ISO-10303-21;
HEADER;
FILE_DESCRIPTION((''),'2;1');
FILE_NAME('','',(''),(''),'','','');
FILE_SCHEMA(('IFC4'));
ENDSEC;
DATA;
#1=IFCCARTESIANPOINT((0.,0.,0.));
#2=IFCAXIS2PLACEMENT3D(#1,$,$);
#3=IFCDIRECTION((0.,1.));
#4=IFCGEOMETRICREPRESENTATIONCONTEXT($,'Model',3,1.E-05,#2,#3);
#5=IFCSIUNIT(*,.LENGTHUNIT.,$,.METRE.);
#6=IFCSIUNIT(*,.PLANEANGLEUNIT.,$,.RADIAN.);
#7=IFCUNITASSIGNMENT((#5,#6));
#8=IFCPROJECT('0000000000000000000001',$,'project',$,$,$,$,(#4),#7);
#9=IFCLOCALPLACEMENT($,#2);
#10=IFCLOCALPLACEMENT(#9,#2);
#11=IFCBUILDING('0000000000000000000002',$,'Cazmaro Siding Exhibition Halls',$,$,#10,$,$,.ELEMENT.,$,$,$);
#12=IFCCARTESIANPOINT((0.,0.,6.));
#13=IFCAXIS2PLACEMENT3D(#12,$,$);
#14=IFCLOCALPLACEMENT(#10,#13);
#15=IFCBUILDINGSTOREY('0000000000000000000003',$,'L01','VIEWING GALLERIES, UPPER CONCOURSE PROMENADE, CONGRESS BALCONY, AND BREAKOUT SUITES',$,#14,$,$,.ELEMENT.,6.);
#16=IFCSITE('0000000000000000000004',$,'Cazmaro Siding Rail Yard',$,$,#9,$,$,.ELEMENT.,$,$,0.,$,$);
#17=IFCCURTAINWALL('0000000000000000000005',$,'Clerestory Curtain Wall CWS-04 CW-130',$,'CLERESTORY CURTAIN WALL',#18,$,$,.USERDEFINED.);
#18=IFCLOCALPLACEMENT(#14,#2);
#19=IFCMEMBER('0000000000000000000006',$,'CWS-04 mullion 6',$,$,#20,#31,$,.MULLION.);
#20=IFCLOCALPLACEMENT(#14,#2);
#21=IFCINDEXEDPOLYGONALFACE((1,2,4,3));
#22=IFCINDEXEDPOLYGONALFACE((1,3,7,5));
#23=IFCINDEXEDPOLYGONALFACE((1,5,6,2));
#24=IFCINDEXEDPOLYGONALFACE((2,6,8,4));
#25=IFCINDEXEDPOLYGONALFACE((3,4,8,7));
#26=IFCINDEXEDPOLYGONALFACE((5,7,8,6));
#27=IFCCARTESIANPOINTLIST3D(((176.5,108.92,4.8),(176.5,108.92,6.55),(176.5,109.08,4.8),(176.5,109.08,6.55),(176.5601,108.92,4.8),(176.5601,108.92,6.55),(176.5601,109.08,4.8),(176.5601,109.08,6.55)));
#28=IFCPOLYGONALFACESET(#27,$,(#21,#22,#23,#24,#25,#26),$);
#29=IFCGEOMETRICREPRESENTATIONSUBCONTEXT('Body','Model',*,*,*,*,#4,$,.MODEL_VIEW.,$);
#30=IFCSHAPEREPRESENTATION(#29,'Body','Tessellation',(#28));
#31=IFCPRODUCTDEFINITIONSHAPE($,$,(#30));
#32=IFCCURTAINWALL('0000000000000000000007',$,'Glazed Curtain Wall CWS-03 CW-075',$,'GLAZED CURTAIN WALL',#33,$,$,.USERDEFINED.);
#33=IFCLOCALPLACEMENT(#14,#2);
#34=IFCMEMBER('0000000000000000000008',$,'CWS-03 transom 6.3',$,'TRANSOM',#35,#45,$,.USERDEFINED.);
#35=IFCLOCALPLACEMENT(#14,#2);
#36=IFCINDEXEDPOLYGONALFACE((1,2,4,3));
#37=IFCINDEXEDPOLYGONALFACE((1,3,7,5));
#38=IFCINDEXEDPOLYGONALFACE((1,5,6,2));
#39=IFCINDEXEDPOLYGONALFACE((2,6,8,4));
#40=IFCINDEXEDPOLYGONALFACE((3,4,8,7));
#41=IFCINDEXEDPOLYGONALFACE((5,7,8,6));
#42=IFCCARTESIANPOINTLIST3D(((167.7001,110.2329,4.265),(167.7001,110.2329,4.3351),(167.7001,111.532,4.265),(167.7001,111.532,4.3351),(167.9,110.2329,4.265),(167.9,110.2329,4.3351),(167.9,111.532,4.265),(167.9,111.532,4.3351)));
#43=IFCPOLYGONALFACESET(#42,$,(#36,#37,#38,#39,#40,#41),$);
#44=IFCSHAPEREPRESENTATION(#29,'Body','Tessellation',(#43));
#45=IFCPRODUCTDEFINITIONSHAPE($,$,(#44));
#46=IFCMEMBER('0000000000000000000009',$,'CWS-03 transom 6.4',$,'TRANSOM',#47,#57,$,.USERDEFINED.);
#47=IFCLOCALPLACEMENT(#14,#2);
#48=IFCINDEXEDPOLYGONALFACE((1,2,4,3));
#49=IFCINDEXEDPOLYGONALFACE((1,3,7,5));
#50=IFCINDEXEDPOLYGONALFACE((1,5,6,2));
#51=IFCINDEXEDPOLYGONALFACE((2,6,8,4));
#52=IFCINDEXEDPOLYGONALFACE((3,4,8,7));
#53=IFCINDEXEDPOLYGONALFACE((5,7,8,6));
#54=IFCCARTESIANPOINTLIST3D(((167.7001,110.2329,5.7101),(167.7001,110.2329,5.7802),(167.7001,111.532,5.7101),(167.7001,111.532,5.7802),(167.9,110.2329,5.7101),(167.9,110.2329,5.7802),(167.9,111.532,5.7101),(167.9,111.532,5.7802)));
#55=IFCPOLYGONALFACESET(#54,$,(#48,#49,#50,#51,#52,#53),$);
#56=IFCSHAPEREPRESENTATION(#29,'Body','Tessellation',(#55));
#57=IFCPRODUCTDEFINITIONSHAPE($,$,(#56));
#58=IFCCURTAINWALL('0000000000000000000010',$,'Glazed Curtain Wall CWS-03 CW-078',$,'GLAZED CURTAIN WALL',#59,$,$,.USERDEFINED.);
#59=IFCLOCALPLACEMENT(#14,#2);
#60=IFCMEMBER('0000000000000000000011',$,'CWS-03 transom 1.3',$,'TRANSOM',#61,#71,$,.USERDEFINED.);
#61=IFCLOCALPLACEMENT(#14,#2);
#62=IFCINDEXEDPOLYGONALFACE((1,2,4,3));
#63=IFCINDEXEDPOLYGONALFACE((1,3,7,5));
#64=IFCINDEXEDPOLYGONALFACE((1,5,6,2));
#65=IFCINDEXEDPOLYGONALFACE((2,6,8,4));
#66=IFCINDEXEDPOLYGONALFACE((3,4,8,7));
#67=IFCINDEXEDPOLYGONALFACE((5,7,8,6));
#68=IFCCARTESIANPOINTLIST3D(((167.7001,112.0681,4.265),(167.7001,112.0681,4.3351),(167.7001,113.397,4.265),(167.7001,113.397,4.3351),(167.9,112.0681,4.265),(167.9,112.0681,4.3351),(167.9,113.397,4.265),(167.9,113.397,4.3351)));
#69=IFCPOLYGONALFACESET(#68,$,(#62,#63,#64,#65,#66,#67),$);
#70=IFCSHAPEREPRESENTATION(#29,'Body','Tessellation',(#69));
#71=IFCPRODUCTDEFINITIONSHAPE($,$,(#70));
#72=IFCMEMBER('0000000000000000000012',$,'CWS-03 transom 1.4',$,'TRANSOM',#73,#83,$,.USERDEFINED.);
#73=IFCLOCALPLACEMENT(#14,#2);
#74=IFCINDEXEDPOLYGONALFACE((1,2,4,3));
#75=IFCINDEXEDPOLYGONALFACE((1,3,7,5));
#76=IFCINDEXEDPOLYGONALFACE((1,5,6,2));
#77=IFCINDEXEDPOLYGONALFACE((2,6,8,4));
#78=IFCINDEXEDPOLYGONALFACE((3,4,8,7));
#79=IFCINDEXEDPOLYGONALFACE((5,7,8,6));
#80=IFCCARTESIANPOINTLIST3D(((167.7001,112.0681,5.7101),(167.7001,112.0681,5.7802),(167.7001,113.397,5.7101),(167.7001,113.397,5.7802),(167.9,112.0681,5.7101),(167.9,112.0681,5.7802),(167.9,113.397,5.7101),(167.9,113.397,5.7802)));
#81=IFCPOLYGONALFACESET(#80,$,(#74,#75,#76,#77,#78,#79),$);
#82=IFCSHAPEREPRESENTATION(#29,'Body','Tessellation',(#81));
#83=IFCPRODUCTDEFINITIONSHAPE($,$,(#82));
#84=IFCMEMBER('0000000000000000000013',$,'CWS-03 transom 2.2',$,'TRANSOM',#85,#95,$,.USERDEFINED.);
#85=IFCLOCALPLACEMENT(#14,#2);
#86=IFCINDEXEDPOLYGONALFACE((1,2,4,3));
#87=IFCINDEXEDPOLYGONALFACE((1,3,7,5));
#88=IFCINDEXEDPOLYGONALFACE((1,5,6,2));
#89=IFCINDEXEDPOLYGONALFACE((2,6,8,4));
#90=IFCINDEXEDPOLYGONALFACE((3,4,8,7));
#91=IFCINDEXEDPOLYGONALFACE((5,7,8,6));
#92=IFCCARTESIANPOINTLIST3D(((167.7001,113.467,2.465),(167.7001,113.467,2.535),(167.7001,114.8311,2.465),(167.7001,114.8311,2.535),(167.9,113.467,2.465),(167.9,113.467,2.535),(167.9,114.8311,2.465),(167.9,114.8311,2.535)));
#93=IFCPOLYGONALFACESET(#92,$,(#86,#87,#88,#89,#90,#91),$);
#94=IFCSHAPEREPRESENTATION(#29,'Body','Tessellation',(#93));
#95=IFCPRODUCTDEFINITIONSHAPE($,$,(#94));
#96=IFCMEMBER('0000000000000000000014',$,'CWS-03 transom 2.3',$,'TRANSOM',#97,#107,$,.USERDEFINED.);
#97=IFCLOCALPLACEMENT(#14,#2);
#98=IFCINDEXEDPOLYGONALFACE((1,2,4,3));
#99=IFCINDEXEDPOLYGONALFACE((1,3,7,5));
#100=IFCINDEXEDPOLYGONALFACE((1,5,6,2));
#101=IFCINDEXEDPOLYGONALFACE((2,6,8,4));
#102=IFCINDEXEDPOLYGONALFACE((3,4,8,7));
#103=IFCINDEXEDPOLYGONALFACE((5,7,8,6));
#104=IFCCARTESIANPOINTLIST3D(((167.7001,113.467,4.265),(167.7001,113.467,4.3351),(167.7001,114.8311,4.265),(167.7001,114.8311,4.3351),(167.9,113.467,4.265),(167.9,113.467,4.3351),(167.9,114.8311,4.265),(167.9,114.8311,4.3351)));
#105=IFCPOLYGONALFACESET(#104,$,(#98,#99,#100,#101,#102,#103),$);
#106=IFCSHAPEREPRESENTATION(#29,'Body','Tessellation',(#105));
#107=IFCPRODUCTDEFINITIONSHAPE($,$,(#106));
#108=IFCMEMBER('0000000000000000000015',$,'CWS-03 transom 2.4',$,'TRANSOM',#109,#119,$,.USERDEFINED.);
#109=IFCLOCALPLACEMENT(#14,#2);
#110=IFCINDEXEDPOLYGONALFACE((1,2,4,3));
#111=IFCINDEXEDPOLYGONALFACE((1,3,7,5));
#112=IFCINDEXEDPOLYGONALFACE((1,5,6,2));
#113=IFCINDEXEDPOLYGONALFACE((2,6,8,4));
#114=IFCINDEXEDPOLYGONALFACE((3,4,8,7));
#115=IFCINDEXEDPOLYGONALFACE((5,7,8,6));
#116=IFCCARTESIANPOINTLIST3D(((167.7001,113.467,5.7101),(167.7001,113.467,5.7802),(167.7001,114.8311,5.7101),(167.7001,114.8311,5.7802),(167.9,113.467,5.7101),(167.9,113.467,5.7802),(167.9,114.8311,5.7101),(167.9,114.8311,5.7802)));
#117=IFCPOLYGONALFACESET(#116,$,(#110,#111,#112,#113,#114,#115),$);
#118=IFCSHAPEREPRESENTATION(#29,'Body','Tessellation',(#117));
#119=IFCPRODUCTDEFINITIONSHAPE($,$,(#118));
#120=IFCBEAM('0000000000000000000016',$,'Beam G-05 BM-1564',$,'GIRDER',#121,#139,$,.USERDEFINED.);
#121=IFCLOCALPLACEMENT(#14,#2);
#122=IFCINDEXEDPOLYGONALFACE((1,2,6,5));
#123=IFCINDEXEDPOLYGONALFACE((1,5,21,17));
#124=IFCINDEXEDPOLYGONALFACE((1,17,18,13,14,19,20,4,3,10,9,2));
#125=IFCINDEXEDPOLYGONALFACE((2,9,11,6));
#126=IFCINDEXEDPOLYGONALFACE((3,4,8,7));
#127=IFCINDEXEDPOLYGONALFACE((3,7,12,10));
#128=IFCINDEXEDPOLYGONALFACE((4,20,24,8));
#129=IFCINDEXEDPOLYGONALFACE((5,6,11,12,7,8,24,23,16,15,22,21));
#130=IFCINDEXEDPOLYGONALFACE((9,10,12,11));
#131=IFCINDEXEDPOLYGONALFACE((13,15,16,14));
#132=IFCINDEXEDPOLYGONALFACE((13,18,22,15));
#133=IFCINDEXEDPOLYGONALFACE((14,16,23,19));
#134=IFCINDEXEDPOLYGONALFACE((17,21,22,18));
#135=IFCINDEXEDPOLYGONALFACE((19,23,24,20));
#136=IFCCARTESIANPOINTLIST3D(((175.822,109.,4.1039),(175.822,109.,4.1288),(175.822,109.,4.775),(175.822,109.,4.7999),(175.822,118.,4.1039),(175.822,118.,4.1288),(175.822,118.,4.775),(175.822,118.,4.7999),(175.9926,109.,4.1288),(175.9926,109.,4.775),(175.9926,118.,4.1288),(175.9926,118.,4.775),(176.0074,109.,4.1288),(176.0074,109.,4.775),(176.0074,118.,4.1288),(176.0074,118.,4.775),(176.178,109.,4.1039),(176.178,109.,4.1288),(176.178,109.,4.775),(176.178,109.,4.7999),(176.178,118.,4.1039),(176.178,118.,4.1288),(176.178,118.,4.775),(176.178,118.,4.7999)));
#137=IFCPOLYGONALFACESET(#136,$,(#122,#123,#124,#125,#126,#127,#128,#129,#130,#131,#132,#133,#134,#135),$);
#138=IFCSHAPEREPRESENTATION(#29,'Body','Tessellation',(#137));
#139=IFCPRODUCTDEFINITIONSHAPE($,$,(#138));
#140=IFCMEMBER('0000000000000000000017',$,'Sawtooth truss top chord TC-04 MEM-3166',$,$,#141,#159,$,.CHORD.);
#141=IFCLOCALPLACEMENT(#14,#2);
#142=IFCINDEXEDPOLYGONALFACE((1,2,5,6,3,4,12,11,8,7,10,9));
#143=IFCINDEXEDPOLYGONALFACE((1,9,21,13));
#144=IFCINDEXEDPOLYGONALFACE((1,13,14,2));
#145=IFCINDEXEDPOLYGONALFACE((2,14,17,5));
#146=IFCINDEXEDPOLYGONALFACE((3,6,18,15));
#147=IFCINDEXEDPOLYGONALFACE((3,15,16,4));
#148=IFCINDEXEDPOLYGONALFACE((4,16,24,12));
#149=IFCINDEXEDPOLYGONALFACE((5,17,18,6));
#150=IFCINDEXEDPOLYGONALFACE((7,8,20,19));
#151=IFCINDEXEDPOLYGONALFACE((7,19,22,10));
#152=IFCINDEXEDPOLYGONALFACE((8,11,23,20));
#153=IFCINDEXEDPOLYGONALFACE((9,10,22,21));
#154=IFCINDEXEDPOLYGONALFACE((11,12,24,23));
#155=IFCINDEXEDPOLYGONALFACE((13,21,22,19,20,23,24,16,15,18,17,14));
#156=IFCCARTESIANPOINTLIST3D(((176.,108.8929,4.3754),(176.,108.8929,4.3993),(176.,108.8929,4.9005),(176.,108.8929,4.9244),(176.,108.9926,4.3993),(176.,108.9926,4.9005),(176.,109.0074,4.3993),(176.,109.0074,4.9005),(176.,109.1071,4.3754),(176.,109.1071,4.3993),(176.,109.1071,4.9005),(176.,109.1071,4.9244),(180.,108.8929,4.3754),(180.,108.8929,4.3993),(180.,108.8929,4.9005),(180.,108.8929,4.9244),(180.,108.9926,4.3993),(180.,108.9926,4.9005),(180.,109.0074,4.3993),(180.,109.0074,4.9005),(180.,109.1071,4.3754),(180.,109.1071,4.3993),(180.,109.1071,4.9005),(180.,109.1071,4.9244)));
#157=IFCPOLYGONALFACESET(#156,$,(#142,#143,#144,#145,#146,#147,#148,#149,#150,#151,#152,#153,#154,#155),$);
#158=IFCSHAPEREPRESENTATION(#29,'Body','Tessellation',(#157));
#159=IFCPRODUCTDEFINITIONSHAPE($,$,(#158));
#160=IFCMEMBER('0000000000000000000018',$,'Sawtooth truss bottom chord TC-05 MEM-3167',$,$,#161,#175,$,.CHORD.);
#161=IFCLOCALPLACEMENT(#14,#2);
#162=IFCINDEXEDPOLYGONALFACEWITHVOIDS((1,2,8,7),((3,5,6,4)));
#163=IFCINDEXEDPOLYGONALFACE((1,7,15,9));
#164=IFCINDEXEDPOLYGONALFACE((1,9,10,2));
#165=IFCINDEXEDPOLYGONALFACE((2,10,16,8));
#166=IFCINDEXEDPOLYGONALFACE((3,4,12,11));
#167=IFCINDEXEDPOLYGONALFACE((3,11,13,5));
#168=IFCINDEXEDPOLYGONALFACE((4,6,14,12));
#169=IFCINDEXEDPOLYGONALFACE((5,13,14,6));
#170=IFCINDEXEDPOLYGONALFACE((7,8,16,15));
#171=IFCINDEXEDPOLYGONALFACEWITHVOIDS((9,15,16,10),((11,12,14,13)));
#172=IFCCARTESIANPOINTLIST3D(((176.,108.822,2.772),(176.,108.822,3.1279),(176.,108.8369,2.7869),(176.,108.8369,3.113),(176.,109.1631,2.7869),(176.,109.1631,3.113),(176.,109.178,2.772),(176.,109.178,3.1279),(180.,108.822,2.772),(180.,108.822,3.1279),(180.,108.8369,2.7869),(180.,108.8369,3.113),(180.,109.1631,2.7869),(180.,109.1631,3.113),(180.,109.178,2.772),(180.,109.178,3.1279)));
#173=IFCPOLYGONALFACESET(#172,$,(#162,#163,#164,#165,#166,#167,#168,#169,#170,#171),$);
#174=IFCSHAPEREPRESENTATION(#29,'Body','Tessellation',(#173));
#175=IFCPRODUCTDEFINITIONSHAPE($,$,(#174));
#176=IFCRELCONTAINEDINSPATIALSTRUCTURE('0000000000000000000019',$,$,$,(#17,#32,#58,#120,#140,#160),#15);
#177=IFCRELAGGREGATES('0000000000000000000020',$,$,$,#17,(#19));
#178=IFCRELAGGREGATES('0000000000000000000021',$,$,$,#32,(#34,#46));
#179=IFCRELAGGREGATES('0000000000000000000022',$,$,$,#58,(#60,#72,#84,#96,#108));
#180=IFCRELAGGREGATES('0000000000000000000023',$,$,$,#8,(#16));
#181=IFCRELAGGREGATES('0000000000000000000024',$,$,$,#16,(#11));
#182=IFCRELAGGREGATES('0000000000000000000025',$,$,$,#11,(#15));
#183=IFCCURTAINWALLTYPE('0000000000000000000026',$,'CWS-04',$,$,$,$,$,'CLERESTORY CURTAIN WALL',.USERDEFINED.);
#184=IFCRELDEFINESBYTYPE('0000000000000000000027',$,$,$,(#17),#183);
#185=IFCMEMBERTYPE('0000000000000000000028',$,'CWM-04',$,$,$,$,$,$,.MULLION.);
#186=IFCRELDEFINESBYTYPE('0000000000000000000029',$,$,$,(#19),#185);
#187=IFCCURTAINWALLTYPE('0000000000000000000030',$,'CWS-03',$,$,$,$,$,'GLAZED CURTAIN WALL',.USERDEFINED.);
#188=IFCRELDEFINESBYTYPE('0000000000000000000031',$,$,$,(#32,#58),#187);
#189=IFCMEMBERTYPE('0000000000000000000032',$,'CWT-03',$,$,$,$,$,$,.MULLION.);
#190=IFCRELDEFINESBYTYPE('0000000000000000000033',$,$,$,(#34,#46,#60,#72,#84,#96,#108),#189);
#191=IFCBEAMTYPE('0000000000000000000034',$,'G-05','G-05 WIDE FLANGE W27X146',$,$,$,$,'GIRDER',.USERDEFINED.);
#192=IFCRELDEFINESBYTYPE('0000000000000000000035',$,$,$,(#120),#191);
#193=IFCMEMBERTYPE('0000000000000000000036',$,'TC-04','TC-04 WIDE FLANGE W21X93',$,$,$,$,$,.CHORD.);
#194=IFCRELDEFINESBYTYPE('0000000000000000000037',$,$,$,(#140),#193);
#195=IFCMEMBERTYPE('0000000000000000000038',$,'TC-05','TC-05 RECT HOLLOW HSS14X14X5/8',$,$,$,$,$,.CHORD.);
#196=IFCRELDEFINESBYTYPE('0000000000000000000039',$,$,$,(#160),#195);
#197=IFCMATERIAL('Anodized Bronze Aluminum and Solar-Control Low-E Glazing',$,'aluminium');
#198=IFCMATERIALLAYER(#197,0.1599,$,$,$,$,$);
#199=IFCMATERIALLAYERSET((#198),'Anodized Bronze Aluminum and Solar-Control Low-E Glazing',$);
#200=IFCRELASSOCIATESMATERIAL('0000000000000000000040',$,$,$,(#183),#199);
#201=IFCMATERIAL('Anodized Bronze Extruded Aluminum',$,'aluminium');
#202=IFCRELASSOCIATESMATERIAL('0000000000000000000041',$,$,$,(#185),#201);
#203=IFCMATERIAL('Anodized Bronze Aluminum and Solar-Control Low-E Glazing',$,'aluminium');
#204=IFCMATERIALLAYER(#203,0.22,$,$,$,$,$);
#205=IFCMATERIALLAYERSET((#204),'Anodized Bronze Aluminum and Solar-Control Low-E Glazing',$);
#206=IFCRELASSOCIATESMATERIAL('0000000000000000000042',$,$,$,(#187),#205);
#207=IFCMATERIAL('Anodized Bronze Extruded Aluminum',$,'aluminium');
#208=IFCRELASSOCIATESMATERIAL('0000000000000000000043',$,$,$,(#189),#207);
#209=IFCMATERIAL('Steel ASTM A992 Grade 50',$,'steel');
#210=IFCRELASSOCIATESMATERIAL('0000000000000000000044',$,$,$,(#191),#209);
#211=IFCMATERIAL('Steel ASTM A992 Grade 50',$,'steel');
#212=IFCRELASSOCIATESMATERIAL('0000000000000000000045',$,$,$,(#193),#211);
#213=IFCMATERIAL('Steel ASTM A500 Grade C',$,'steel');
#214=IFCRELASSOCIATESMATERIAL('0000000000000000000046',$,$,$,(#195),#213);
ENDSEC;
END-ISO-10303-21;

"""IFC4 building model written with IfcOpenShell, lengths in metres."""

from ifc_helpers import new_model, si_unit, direction, frame, origin, origin_2d, place, context, subcontext, project, spatial, rectangle, hollow_rectangle, i_section, extrude, material, layer, layer_set, material_profile, profile_set, type_object, element, aggregate, save


model = new_model("IFC4")

# Units and contexts
model_context = context("Model", 3, precision=1e-05, world=origin(), true_north=direction((0.0, 1.0)))
body_context = subcontext(model_context, "Body", "Model", "MODEL_VIEW")
ifc_project = project(units=[si_unit("LENGTHUNIT", "METRE"), si_unit("PLANEANGLEUNIT", "RADIAN")], contexts=[model_context])

# Site, building, storey
site_placement = place(None, origin())
site = spatial("IfcSite", under=ifc_project, at=site_placement, Name="Cazmaro Siding Rail Yard", CompositionType="ELEMENT", RefElevation=0.0)
building_placement = place(site_placement, origin())
building = spatial("IfcBuilding", under=site, at=building_placement, Name="Cazmaro Siding Exhibition Halls", CompositionType="ELEMENT")
storey_placement = place(building_placement, frame((0.0, 0.0, 6.0)))
storey = spatial("IfcBuildingStorey", under=building, at=storey_placement, Name="L01", Description="VIEWING GALLERIES, UPPER CONCOURSE PROMENADE, CONGRESS BALCONY, AND BREAKOUT SUITES", CompositionType="ELEMENT", Elevation=6.0)

# Curtain wall, member
ifc_material_1 = material(Name="Anodized Bronze Aluminum and Solar-Control Low-E Glazing", Category="aluminium")
ifc_layer_1 = layer(ifc_material_1, 0.1599)
ifc_layer_set_1 = layer_set([ifc_layer_1], Name="Anodized Bronze Aluminum and Solar-Control Low-E Glazing")
curtain_wall_type_1 = type_object("IfcCurtainWallType", Name="CWS-04", ElementType="CLERESTORY CURTAIN WALL", PredefinedType="USERDEFINED", material=ifc_layer_set_1)
curtain_wall_1_placement = place(storey_placement, origin())
curtain_wall_1 = element("IfcCurtainWall", 1, at=curtain_wall_1_placement, inside=storey, type_object=curtain_wall_type_1, Name="Clerestory Curtain Wall CWS-04 CW-130", ObjectType="CLERESTORY CURTAIN WALL", PredefinedType="USERDEFINED")
ifc_material_2 = material(Name="Anodized Bronze Extruded Aluminum", Category="aluminium")
ifc_material_profile_1 = material_profile(ifc_material_2, rectangle(XDim=0.1599, YDim=0.0601, at=origin_2d()), Name="CWM-04")
ifc_profile_set_1 = profile_set([ifc_material_profile_1], Name="Anodized Bronze Extruded Aluminum")
member_type_1 = type_object("IfcMemberType", Name="CWM-04", PredefinedType="MULLION", material=ifc_profile_set_1)
member_1_placement = place(storey_placement, frame((176.53, 109.0, 4.8), z_axis=(0.0, 0.0, 1.0), x_axis=(0.0, -1.0, 0.0)))
member_1 = element("IfcMember", 2, at=member_1_placement, type_object=member_type_1, Name="CWS-04 mullion 6", PredefinedType="MULLION", context=body_context, shape_type="SweptSolid", body=[
    extrude(rectangle(XDim=0.1599, YDim=0.0601, at=origin_2d()), origin(), (0.0, 0.0, 1.0), 1.75),
])
aggregate(curtain_wall_1, [member_1])

# Curtain walls, members
ifc_material_3 = material(Name="Anodized Bronze Aluminum and Solar-Control Low-E Glazing", Category="aluminium")
ifc_layer_2 = layer(ifc_material_3, 0.22)
ifc_layer_set_2 = layer_set([ifc_layer_2], Name="Anodized Bronze Aluminum and Solar-Control Low-E Glazing")
curtain_wall_type_2 = type_object("IfcCurtainWallType", Name="CWS-03", ElementType="GLAZED CURTAIN WALL", PredefinedType="USERDEFINED", material=ifc_layer_set_2)
curtain_wall_2_placement = place(storey_placement, origin())
curtain_wall_2 = element("IfcCurtainWall", 3, at=curtain_wall_2_placement, inside=storey, type_object=curtain_wall_type_2, Name="Glazed Curtain Wall CWS-03 CW-075", ObjectType="GLAZED CURTAIN WALL", PredefinedType="USERDEFINED")
ifc_material_4 = material(Name="Anodized Bronze Extruded Aluminum", Category="aluminium")
ifc_material_profile_2 = material_profile(ifc_material_4, rectangle(XDim=0.2, YDim=0.0701, at=origin_2d()), Name="CWT-03")
ifc_profile_set_2 = profile_set([ifc_material_profile_2], Name="Anodized Bronze Extruded Aluminum")
member_type_2 = type_object("IfcMemberType", Name="CWT-03", PredefinedType="MULLION", material=ifc_profile_set_2)
member_2_placement = place(storey_placement, frame((167.8, 110.2329, 4.3), z_axis=(0.0, 1.0, 0.0), x_axis=(-1.0, 0.0, 0.0)))
member_2 = element("IfcMember", 4, at=member_2_placement, type_object=member_type_2, Name="CWS-03 transom 6.3", ObjectType="TRANSOM", PredefinedType="USERDEFINED", context=body_context, shape_type="SweptSolid", body=[
    extrude(rectangle(XDim=0.2, YDim=0.0701, at=origin_2d()), origin(), (0.0, 0.0, 1.0), 1.2991),
])
member_3_placement = place(storey_placement, frame((167.8, 110.2329, 5.7451), z_axis=(0.0, 1.0, 0.0), x_axis=(-1.0, 0.0, 0.0)))
member_3 = element("IfcMember", 5, at=member_3_placement, type_object=member_type_2, Name="CWS-03 transom 6.4", ObjectType="TRANSOM", PredefinedType="USERDEFINED", context=body_context, shape_type="SweptSolid", body=[
    extrude(rectangle(XDim=0.2, YDim=0.0701, at=origin_2d()), origin(), (0.0, 0.0, 1.0), 1.2991),
])
curtain_wall_3_placement = place(storey_placement, origin())
curtain_wall_3 = element("IfcCurtainWall", 6, at=curtain_wall_3_placement, inside=storey, type_object=curtain_wall_type_2, Name="Glazed Curtain Wall CWS-03 CW-078", ObjectType="GLAZED CURTAIN WALL", PredefinedType="USERDEFINED")
member_4_placement = place(storey_placement, frame((167.8, 112.0681, 4.3), z_axis=(0.0, 1.0, 0.0), x_axis=(-1.0, 0.0, 0.0)))
member_4 = element("IfcMember", 7, at=member_4_placement, type_object=member_type_2, Name="CWS-03 transom 1.3", ObjectType="TRANSOM", PredefinedType="USERDEFINED", context=body_context, shape_type="SweptSolid", body=[
    extrude(rectangle(XDim=0.2, YDim=0.0701, at=origin_2d()), origin(), (0.0, 0.0, 1.0), 1.3289),
])
member_5_placement = place(storey_placement, frame((167.8, 112.0681, 5.7451), z_axis=(0.0, 1.0, 0.0), x_axis=(-1.0, 0.0, 0.0)))
member_5 = element("IfcMember", 8, at=member_5_placement, type_object=member_type_2, Name="CWS-03 transom 1.4", ObjectType="TRANSOM", PredefinedType="USERDEFINED", context=body_context, shape_type="SweptSolid", body=[
    extrude(rectangle(XDim=0.2, YDim=0.0701, at=origin_2d()), origin(), (0.0, 0.0, 1.0), 1.3289),
])
member_6_placement = place(storey_placement, frame((167.8, 113.467, 2.5), z_axis=(0.0, 1.0, 0.0), x_axis=(-1.0, 0.0, 0.0)))
member_6 = element("IfcMember", 9, at=member_6_placement, type_object=member_type_2, Name="CWS-03 transom 2.2", ObjectType="TRANSOM", PredefinedType="USERDEFINED", context=body_context, shape_type="SweptSolid", body=[
    extrude(rectangle(XDim=0.2, YDim=0.0701, at=origin_2d()), origin(), (0.0, 0.0, 1.0), 1.364),
])
member_7_placement = place(storey_placement, frame((167.8, 113.467, 4.3), z_axis=(0.0, 1.0, 0.0), x_axis=(-1.0, 0.0, 0.0)))
member_7 = element("IfcMember", 10, at=member_7_placement, type_object=member_type_2, Name="CWS-03 transom 2.3", ObjectType="TRANSOM", PredefinedType="USERDEFINED", context=body_context, shape_type="SweptSolid", body=[
    extrude(rectangle(XDim=0.2, YDim=0.0701, at=origin_2d()), origin(), (0.0, 0.0, 1.0), 1.364),
])
member_8_placement = place(storey_placement, frame((167.8, 113.467, 5.7451), z_axis=(0.0, 1.0, 0.0), x_axis=(-1.0, 0.0, 0.0)))
member_8 = element("IfcMember", 11, at=member_8_placement, type_object=member_type_2, Name="CWS-03 transom 2.4", ObjectType="TRANSOM", PredefinedType="USERDEFINED", context=body_context, shape_type="SweptSolid", body=[
    extrude(rectangle(XDim=0.2, YDim=0.0701, at=origin_2d()), origin(), (0.0, 0.0, 1.0), 1.364),
])

# Beam
ifc_material_5 = material(Name="Steel ASTM A992 Grade 50", Category="steel")
ifc_material_profile_3 = material_profile(ifc_material_5, i_section(OverallWidth=0.356, OverallDepth=0.696, WebThickness=0.0149, FlangeThickness=0.0249, at=origin_2d()), Name="W27X146")
ifc_profile_set_3 = profile_set([ifc_material_profile_3], Name="Steel ASTM A992 Grade 50")
beam_type = type_object("IfcBeamType", Name="G-05", Description="G-05 WIDE FLANGE W27X146", ElementType="GIRDER", PredefinedType="USERDEFINED", material=ifc_profile_set_3)
beam_placement = place(storey_placement, frame((176.0, 109.0, 4.4519), z_axis=(0.0, 1.0, 0.0), x_axis=(-1.0, 0.0, 0.0)))
element("IfcBeam", 12, at=beam_placement, inside=storey, type_object=beam_type, Name="Beam G-05 BM-1564", ObjectType="GIRDER", PredefinedType="USERDEFINED", context=body_context, shape_type="SweptSolid", body=[
    extrude(i_section(OverallWidth=0.356, OverallDepth=0.696, WebThickness=0.0149, FlangeThickness=0.0249, at=origin_2d()), origin(), (0.0, 0.0, 1.0), 9.0),
])

# Members
ifc_material_6 = material(Name="Steel ASTM A992 Grade 50", Category="steel")
ifc_material_profile_4 = material_profile(ifc_material_6, i_section(OverallWidth=0.2141, OverallDepth=0.5491, WebThickness=0.0149, FlangeThickness=0.0239, at=origin_2d()), Name="W21X93")
ifc_profile_set_4 = profile_set([ifc_material_profile_4], Name="Steel ASTM A992 Grade 50")
member_type_3 = type_object("IfcMemberType", Name="TC-04", Description="TC-04 WIDE FLANGE W21X93", PredefinedType="CHORD", material=ifc_profile_set_4)
member_9_placement = place(storey_placement, frame((176.0, 109.0, 4.6499), z_axis=(1.0, 0.0, 0.0), x_axis=(0.0, 1.0, 0.0)))
element("IfcMember", 13, at=member_9_placement, inside=storey, type_object=member_type_3, Name="Sawtooth truss top chord TC-04 MEM-3166", PredefinedType="CHORD", context=body_context, shape_type="SweptSolid", body=[
    extrude(i_section(OverallWidth=0.2141, OverallDepth=0.5491, WebThickness=0.0149, FlangeThickness=0.0239, at=origin_2d()), origin(), (0.0, 0.0, 1.0), 4.0),
])
ifc_material_7 = material(Name="Steel ASTM A500 Grade C", Category="steel")
ifc_material_profile_5 = material_profile(ifc_material_7, hollow_rectangle(XDim=0.356, YDim=0.356, WallThickness=0.0149, at=origin_2d()), Name="HSS14X14X5/8")
ifc_profile_set_5 = profile_set([ifc_material_profile_5], Name="Steel ASTM A500 Grade C")
member_type_4 = type_object("IfcMemberType", Name="TC-05", Description="TC-05 RECT HOLLOW HSS14X14X5/8", PredefinedType="CHORD", material=ifc_profile_set_5)
member_10_placement = place(storey_placement, frame((176.0, 109.0, 2.95), z_axis=(1.0, 0.0, 0.0), x_axis=(0.0, 1.0, 0.0)))
element("IfcMember", 14, at=member_10_placement, inside=storey, type_object=member_type_4, Name="Sawtooth truss bottom chord TC-05 MEM-3167", PredefinedType="CHORD", context=body_context, shape_type="SweptSolid", body=[
    extrude(hollow_rectangle(XDim=0.356, YDim=0.356, WallThickness=0.0149, at=origin_2d()), origin(), (0.0, 0.0, 1.0), 4.0),
])

aggregate(curtain_wall_2, [member_2, member_3])
aggregate(curtain_wall_3, [member_4, member_5, member_6, member_7, member_8])

save(model, "model.ifc")
